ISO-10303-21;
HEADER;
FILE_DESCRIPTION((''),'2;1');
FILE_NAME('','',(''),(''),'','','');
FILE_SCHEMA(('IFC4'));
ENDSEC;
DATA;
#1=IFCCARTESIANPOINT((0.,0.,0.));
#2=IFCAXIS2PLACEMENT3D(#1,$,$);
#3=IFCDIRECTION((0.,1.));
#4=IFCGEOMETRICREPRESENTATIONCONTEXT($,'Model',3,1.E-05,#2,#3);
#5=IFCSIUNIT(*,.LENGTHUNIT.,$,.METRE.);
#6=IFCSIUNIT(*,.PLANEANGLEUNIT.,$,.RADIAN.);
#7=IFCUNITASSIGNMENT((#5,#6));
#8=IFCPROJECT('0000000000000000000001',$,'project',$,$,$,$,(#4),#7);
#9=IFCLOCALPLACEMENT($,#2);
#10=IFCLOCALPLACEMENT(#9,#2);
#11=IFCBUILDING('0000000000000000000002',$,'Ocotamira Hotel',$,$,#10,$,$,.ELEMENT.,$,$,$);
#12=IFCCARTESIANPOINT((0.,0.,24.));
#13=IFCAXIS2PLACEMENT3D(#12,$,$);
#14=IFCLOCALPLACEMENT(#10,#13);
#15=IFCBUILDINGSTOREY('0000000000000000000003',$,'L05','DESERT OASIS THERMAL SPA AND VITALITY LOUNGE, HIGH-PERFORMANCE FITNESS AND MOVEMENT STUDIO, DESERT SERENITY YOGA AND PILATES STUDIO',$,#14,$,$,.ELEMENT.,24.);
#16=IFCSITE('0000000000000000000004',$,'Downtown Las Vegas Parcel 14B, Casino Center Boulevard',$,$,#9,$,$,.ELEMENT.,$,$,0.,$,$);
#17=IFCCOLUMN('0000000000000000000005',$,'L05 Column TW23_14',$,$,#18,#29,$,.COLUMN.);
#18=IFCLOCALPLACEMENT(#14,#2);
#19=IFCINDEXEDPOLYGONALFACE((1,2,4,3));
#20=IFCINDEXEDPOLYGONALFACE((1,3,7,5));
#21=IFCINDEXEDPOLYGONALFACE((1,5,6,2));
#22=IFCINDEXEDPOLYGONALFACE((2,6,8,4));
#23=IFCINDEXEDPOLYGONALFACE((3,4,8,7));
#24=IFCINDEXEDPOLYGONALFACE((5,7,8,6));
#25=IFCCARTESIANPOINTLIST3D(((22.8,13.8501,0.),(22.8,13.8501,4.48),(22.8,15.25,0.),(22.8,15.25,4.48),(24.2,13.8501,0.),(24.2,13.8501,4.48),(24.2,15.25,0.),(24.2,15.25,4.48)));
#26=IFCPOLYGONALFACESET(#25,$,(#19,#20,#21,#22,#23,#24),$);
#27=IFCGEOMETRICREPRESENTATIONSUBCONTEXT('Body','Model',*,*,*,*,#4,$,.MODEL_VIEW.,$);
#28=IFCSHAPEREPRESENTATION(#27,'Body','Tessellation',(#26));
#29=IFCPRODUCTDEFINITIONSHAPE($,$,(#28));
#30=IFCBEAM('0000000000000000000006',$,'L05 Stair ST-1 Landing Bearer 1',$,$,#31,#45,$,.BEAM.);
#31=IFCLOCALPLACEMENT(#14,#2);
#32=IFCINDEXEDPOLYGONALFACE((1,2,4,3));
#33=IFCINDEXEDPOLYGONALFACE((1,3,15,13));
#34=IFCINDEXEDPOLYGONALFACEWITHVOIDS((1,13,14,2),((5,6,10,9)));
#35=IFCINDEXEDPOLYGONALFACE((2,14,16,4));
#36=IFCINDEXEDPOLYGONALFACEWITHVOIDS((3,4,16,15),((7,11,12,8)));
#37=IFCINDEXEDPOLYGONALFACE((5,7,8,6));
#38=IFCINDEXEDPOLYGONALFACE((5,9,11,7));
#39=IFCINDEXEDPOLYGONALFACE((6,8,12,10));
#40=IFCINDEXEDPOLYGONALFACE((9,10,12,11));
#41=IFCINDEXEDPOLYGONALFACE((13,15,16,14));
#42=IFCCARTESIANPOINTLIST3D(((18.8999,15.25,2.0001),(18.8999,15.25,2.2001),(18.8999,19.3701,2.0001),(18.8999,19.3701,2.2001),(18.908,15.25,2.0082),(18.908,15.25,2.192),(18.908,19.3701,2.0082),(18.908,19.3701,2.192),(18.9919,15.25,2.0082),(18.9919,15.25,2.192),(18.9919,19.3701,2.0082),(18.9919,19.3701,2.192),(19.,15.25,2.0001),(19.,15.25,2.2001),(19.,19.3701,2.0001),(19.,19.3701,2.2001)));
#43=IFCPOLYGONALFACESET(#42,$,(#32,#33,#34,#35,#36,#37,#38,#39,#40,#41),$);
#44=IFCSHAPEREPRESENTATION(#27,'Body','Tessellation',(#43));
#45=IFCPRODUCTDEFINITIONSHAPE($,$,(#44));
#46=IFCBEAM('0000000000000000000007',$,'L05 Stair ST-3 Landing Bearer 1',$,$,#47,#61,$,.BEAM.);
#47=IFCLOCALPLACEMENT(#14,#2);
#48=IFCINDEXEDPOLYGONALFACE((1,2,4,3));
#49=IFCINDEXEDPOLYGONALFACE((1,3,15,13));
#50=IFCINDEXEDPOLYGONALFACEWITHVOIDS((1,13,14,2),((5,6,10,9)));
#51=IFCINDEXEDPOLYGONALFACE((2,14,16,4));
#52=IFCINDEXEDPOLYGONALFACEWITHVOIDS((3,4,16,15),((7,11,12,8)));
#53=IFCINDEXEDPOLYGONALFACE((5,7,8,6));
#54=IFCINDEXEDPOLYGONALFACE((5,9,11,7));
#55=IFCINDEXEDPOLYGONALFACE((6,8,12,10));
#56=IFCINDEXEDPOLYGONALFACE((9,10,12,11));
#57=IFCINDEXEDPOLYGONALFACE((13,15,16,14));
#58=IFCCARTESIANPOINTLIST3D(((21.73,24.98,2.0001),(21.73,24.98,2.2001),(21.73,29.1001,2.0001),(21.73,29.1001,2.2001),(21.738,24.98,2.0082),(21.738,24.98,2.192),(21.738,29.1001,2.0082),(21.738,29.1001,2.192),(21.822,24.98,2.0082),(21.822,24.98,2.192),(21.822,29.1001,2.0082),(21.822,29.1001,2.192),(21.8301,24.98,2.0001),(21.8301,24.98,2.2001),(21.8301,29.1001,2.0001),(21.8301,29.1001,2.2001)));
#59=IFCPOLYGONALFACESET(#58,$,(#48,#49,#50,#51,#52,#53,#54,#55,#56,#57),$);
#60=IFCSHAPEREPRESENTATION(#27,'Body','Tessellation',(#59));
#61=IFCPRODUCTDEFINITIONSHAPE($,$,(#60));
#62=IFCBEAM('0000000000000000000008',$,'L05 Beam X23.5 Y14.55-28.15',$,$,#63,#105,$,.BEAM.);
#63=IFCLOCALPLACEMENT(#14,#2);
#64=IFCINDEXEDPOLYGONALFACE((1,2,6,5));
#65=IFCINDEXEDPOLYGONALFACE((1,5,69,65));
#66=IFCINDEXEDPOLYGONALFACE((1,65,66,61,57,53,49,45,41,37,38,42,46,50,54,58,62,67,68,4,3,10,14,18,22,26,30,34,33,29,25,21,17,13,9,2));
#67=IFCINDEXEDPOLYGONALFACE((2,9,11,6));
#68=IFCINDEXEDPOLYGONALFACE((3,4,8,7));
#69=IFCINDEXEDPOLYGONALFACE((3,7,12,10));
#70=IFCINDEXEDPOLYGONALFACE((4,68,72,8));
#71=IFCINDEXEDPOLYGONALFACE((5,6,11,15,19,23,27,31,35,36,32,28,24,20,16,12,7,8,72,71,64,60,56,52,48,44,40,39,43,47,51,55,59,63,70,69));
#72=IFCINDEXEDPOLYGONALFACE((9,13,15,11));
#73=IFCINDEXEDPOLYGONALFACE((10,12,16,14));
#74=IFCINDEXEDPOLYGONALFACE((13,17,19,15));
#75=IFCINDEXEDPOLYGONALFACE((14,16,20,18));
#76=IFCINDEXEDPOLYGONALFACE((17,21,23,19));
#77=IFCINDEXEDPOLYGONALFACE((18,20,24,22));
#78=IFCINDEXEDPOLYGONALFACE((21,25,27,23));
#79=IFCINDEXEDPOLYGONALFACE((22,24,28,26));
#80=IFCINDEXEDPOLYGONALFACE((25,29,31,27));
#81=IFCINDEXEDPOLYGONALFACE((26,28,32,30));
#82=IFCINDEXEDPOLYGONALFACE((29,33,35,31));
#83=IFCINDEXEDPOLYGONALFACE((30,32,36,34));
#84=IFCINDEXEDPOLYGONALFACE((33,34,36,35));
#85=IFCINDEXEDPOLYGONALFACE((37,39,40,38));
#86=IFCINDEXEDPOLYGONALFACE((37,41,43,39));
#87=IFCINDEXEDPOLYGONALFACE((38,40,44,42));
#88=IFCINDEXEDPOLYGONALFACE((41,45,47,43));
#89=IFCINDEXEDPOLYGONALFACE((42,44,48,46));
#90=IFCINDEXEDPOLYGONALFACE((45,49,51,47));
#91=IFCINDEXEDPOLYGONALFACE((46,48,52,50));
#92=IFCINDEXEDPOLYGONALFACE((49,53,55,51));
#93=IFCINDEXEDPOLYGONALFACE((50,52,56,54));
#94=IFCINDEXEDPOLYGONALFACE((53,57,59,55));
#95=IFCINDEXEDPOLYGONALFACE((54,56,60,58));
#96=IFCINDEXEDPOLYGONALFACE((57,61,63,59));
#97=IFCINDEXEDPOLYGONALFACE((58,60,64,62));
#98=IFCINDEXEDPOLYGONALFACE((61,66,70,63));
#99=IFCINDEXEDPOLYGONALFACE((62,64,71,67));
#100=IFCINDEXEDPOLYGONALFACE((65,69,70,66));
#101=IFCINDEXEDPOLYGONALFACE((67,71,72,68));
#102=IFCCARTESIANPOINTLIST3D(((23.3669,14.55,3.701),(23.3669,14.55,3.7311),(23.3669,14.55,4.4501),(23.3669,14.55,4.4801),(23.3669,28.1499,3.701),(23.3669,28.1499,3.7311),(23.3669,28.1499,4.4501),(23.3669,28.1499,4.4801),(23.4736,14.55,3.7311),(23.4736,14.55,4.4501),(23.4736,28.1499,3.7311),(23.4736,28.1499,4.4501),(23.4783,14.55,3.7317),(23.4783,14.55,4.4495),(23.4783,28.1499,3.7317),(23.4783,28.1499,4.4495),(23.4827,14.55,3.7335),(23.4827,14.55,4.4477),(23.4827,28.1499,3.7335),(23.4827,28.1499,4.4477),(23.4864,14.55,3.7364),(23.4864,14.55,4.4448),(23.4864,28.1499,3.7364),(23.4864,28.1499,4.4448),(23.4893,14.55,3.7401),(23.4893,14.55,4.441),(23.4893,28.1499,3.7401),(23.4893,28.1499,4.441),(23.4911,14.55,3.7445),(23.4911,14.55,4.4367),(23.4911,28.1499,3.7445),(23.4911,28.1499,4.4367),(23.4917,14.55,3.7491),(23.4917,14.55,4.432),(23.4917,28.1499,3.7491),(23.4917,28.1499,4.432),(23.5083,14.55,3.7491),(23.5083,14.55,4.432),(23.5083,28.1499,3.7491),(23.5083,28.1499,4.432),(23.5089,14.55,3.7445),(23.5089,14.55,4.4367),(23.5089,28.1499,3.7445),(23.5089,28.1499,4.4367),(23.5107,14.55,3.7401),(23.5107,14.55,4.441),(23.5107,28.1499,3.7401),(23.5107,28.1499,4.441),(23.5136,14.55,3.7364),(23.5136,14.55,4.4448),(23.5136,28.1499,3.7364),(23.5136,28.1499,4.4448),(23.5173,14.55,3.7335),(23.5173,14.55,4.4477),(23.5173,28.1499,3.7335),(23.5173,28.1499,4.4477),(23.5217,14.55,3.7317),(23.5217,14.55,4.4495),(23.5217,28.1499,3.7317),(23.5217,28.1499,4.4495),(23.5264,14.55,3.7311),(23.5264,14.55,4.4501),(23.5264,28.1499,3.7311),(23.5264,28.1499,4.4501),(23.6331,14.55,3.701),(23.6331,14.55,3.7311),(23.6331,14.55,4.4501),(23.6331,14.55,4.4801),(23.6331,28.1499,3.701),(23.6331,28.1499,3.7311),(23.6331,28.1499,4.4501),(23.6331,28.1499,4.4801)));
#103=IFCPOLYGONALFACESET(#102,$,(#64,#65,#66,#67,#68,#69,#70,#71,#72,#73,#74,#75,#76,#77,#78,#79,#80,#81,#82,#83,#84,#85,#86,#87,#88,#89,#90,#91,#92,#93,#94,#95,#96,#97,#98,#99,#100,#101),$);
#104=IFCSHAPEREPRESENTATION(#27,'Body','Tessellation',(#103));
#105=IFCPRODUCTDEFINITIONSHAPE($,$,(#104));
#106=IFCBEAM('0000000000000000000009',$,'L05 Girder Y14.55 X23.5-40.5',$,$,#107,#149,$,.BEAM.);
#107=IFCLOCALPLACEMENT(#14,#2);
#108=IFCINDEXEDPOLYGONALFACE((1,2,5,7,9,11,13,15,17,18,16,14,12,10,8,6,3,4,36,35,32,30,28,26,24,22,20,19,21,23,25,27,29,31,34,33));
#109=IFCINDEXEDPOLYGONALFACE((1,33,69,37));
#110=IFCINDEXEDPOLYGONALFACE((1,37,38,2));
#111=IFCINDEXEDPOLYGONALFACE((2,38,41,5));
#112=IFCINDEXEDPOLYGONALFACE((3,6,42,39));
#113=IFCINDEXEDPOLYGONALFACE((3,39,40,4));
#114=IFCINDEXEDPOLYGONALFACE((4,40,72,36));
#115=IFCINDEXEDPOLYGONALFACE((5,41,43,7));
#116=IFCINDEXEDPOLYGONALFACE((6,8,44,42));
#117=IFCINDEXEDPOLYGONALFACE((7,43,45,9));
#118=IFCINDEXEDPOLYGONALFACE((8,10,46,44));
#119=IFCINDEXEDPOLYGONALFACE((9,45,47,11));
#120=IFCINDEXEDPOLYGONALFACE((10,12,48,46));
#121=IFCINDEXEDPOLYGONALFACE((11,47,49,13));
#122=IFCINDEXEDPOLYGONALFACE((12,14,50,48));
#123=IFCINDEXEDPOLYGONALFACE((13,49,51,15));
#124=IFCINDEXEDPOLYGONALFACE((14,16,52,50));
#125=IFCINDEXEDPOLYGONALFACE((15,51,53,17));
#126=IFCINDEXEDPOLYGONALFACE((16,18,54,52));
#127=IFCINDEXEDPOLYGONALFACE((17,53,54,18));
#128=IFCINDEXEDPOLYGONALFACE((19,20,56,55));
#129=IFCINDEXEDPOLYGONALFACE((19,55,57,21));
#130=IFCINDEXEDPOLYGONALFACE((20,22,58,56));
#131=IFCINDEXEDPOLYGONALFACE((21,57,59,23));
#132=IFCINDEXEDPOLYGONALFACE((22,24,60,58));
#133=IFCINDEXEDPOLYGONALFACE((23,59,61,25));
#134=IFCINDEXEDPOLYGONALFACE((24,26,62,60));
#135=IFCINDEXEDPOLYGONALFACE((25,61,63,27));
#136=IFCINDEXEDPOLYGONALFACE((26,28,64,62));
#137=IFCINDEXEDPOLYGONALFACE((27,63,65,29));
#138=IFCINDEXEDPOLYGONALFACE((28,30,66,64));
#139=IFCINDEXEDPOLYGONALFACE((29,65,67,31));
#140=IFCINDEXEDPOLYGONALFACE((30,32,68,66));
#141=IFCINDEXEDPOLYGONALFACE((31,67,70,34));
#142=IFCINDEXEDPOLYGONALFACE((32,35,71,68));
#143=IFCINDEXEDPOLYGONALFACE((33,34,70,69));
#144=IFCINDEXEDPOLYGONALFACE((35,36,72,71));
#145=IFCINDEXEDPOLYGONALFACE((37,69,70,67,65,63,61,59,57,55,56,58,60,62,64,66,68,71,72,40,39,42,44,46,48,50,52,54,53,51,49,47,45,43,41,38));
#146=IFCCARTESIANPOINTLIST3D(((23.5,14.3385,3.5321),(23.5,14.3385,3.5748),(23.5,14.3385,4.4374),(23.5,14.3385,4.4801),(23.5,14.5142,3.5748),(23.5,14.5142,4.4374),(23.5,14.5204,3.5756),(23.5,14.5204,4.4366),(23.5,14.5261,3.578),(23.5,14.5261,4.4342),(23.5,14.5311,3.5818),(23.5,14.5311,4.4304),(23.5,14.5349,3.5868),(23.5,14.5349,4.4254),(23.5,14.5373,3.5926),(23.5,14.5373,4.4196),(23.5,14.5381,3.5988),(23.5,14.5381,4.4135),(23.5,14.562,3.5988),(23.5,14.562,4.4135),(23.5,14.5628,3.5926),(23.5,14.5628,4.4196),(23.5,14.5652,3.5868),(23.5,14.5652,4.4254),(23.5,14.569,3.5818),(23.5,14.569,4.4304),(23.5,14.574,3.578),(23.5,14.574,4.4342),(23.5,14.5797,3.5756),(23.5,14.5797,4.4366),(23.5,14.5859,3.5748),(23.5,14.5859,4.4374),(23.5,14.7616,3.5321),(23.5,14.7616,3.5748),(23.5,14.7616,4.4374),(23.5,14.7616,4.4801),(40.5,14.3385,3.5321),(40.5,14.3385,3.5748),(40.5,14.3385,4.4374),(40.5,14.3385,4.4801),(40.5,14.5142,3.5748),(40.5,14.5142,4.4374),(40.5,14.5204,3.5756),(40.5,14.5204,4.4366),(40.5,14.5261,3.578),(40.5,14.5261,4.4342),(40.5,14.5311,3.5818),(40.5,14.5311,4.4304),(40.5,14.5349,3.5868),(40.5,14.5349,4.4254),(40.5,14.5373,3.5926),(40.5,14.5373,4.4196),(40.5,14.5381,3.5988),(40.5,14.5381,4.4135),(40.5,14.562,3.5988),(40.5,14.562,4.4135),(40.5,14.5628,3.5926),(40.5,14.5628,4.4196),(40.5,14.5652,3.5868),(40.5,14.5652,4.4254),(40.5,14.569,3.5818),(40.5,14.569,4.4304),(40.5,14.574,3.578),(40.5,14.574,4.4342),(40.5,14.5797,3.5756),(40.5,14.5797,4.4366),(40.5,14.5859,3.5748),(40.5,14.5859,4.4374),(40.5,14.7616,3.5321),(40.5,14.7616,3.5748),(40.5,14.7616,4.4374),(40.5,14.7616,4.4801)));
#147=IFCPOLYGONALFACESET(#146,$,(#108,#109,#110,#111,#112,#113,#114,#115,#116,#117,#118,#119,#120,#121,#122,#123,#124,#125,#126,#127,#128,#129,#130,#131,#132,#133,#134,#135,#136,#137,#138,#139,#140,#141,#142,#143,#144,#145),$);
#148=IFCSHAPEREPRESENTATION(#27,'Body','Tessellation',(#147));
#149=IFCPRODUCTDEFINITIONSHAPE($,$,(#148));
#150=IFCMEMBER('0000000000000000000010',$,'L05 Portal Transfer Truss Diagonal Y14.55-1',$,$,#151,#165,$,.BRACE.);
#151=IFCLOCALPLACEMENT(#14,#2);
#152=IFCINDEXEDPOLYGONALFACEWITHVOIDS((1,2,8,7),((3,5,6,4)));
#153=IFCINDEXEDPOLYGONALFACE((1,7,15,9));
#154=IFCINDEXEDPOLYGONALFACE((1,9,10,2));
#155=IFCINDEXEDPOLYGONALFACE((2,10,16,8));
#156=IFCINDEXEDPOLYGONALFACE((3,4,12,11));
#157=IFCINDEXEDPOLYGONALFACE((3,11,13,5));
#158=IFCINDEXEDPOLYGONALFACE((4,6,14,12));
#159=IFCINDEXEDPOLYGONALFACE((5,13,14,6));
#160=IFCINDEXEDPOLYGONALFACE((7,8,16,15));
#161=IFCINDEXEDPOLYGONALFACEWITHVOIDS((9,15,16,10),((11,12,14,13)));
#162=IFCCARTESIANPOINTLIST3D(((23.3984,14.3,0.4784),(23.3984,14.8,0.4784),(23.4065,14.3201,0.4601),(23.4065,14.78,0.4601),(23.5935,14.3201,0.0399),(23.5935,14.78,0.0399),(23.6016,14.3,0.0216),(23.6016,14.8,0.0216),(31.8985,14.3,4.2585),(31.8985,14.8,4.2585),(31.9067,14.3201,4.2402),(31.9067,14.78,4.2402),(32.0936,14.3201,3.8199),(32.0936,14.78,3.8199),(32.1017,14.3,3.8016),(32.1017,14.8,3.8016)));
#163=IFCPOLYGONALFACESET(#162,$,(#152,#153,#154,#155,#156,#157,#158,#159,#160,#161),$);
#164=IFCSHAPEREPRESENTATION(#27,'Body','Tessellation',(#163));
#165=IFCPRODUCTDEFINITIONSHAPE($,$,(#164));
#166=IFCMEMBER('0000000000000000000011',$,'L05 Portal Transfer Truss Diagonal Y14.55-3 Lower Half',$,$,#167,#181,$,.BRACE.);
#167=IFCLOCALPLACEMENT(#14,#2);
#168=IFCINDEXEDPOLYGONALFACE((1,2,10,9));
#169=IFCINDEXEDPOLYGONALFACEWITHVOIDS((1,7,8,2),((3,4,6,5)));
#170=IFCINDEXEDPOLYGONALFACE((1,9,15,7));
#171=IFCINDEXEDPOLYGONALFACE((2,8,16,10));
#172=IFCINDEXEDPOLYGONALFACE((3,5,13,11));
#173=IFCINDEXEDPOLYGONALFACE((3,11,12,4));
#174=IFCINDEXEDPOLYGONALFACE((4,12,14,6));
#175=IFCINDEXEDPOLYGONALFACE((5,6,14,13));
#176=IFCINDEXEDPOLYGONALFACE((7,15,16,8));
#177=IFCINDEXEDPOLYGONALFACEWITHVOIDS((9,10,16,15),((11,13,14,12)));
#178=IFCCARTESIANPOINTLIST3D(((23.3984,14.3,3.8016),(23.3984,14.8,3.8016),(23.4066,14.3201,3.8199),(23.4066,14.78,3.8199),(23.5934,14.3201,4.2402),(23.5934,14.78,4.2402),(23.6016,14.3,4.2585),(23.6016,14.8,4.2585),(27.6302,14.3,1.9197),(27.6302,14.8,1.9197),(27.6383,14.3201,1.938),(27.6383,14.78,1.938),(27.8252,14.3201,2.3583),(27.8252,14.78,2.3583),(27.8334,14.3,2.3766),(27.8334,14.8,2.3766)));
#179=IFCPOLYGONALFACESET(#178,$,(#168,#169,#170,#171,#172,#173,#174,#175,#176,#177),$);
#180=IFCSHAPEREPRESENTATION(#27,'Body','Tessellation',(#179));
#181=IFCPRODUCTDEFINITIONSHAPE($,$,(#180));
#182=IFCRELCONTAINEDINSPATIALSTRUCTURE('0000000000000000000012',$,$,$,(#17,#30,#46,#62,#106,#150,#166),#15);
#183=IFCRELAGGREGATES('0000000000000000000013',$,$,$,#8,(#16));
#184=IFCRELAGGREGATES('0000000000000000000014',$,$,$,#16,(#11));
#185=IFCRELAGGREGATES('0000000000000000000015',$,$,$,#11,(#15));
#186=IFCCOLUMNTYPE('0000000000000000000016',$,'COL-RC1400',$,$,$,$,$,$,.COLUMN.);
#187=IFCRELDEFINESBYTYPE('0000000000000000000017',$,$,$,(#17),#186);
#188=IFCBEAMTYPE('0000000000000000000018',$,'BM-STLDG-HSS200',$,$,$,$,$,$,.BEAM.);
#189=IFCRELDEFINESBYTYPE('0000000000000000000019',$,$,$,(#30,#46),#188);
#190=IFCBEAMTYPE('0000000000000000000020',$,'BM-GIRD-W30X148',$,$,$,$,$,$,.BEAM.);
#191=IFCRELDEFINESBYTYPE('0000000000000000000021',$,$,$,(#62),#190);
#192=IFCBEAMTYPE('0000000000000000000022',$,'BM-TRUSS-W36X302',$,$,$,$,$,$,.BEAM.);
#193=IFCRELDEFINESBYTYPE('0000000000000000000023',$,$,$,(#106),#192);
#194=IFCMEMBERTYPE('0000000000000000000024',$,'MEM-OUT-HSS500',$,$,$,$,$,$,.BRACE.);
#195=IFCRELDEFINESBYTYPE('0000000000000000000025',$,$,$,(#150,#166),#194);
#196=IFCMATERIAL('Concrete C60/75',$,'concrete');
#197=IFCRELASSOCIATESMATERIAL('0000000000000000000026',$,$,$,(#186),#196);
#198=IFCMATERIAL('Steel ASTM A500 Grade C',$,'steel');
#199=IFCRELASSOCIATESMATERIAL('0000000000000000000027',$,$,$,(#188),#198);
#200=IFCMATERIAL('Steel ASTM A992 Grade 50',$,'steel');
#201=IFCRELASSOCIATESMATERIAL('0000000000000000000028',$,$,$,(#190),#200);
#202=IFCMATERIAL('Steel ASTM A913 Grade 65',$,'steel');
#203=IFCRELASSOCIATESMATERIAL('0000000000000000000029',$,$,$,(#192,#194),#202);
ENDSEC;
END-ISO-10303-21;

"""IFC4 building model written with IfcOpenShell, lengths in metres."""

from ifc_helpers import new_model, si_unit, direction, frame, origin, origin_2d, place, context, subcontext, project, spatial, rectangle, hollow_rectangle, i_section, extrude, source, transform, mapped, material, material_profile, profile_set, type_object, element, save


model = new_model("IFC4")

# Units and contexts
model_context = context("Model", 3, precision=1e-05, world=origin(), true_north=direction((0.0, 1.0)))
body_context = subcontext(model_context, "Body", "Model", "MODEL_VIEW")
ifc_project = project(units=[si_unit("LENGTHUNIT", "METRE"), si_unit("PLANEANGLEUNIT", "RADIAN")], contexts=[model_context])

# Site, building, storey
site_placement = place(None, origin())
site = spatial("IfcSite", under=ifc_project, at=site_placement, Name="Downtown Las Vegas Parcel 14B, Casino Center Boulevard", CompositionType="ELEMENT", RefElevation=0.0)
building_placement = place(site_placement, origin())
building = spatial("IfcBuilding", under=site, at=building_placement, Name="Ocotamira Hotel", CompositionType="ELEMENT")
storey_placement = place(building_placement, frame((0.0, 0.0, 24.0)))
storey = spatial("IfcBuildingStorey", under=building, at=storey_placement, Name="L05", Description="DESERT OASIS THERMAL SPA AND VITALITY LOUNGE, HIGH-PERFORMANCE FITNESS AND MOVEMENT STUDIO, DESERT SERENITY YOGA AND PILATES STUDIO", CompositionType="ELEMENT", Elevation=24.0)

# Column
ifc_material_1 = material(Name="Concrete C60/75", Category="concrete")
ifc_material_profile_1 = material_profile(ifc_material_1, rectangle(XDim=1.3999, YDim=1.3999, at=origin_2d()), Name="RC1400X1400")
ifc_profile_set_1 = profile_set([ifc_material_profile_1], Name="Concrete C60/75")
column_type = type_object("IfcColumnType", Name="COL-RC1400", PredefinedType="COLUMN", material=ifc_profile_set_1)
shared_shape_1 = source(origin(), body_context, "Body", "SweptSolid", [
    extrude(rectangle(XDim=1.3999, YDim=1.3999, at=origin_2d()), origin(), (0.0, 0.0, 1.0), 4.48),
])
column_placement = place(storey_placement, frame((23.5, 14.55, 0.0), z_axis=(0.0, 0.0, 1.0), x_axis=(1.0, 0.0, 0.0)))
element("IfcColumn", 1, at=column_placement, inside=storey, type_object=column_type, Name="L05 Column TW23_14", PredefinedType="COLUMN", context=body_context, shape_type="MappedRepresentation", body=[
    mapped(shared_shape_1, transform((0.0, 0.0, 0.0), scale=1.0)),
])

# Beams
ifc_material_2 = material(Name="Steel ASTM A500 Grade C", Category="steel")
ifc_material_profile_2 = material_profile(ifc_material_2, hollow_rectangle(XDim=0.1001, YDim=0.2, WallThickness=0.0081, at=origin_2d()), Name="HSS200X100X8")
ifc_profile_set_2 = profile_set([ifc_material_profile_2], Name="Steel ASTM A500 Grade C")
beam_type_1 = type_object("IfcBeamType", Name="BM-STLDG-HSS200", PredefinedType="BEAM", material=ifc_profile_set_2)
shared_shape_2 = source(origin(), body_context, "Body", "SweptSolid", [
    extrude(hollow_rectangle(XDim=0.1001, YDim=0.2, WallThickness=0.0081, at=origin_2d()), origin(), (0.0, 0.0, 1.0), 4.1201),
])
for number, where, z_axis, x_axis, name in (
    (2, (18.95, 15.25, 2.1001), (0.0, 1.0, 0.0), (-1.0, 0.0, 0.0), "L05 Stair ST-1 Landing Bearer 1"),
    (3, (21.78, 24.98, 2.1001), (0.0, 1.0, 0.0), (-1.0, 0.0, 0.0), "L05 Stair ST-3 Landing Bearer 1"),
):
    element("IfcBeam", number, at=place(storey_placement, frame(where, z_axis=z_axis, x_axis=x_axis)), inside=storey, type_object=beam_type_1, Name=name, PredefinedType="BEAM", context=body_context, shape_type="MappedRepresentation", body=[
        mapped(shared_shape_2, transform((0.0, 0.0, 0.0), scale=1.0)),
    ])
ifc_material_3 = material(Name="Steel ASTM A992 Grade 50", Category="steel")
ifc_material_profile_3 = material_profile(ifc_material_3, i_section(OverallWidth=0.2661, OverallDepth=0.7791, WebThickness=0.0166, FlangeThickness=0.03, FilletRadius=0.0181, at=origin_2d()), Name="W30X148")
ifc_profile_set_3 = profile_set([ifc_material_profile_3], Name="Steel ASTM A992 Grade 50")
beam_type_2 = type_object("IfcBeamType", Name="BM-GIRD-W30X148", PredefinedType="BEAM", material=ifc_profile_set_3)
shared_shape_3 = source(origin(), body_context, "Body", "SweptSolid", [
    extrude(i_section(OverallWidth=0.2661, OverallDepth=0.7791, WebThickness=0.0166, FlangeThickness=0.03, FilletRadius=0.0181, at=origin_2d()), origin(), (0.0, 0.0, 1.0), 13.5999),
])
beam_1_placement = place(storey_placement, frame((23.5, 14.55, 4.0906), z_axis=(0.0, 1.0, 0.0), x_axis=(-1.0, 0.0, 0.0)))
element("IfcBeam", 4, at=beam_1_placement, inside=storey, type_object=beam_type_2, Name="L05 Beam X23.5 Y14.55-28.15", PredefinedType="BEAM", context=body_context, shape_type="MappedRepresentation", body=[
    mapped(shared_shape_3, transform((0.0, 0.0, 0.0), scale=1.0)),
])
ifc_material_4 = material(Name="Steel ASTM A913 Grade 65", Category="steel")
ifc_material_profile_4 = material_profile(ifc_material_4, i_section(OverallWidth=0.4231, OverallDepth=0.948, WebThickness=0.0239, FlangeThickness=0.0427, FilletRadius=0.0239, at=origin_2d()), Name="W36X302")
ifc_profile_set_4 = profile_set([ifc_material_profile_4], Name="Steel ASTM A913 Grade 65")
beam_type_3 = type_object("IfcBeamType", Name="BM-TRUSS-W36X302", PredefinedType="BEAM", material=ifc_profile_set_4)
shared_shape_4 = source(origin(), body_context, "Body", "SweptSolid", [
    extrude(i_section(OverallWidth=0.4231, OverallDepth=0.948, WebThickness=0.0239, FlangeThickness=0.0427, FilletRadius=0.0239, at=origin_2d()), origin(), (0.0, 0.0, 1.0), 17.0),
])
beam_2_placement = place(storey_placement, frame((23.5, 14.55, 4.0061), z_axis=(1.0, 0.0, 0.0), x_axis=(0.0, 1.0, 0.0)))
element("IfcBeam", 5, at=beam_2_placement, inside=storey, type_object=beam_type_3, Name="L05 Girder Y14.55 X23.5-40.5", PredefinedType="BEAM", context=body_context, shape_type="MappedRepresentation", body=[
    mapped(shared_shape_4, transform((0.0, 0.0, 0.0), scale=1.0)),
])

# Members
ifc_material_profile_5 = material_profile(ifc_material_4, hollow_rectangle(XDim=0.5, YDim=0.5, WallThickness=0.02, at=origin_2d()), Name="HSS500X500X20")
ifc_profile_set_5 = profile_set([ifc_material_profile_5], Name="Steel ASTM A913 Grade 65")
member_type = type_object("IfcMemberType", Name="MEM-OUT-HSS500", PredefinedType="BRACE", material=ifc_profile_set_5)
shared_shape_5 = source(origin(), body_context, "Body", "SweptSolid", [
    extrude(hollow_rectangle(XDim=0.5, YDim=0.5, WallThickness=0.02, at=origin_2d()), origin(), (0.0, 0.0, 1.0), 9.3027),
])
member_1_placement = place(storey_placement, frame((23.5, 14.55, 0.25), z_axis=(0.913722, 0.0, 0.406341), x_axis=(0.0, 1.0, 0.0)))
element("IfcMember", 6, at=member_1_placement, inside=storey, type_object=member_type, Name="L05 Portal Transfer Truss Diagonal Y14.55-1", PredefinedType="BRACE", context=body_context, shape_type="MappedRepresentation", body=[
    mapped(shared_shape_5, transform((0.0, 0.0, 0.0), scale=1.0)),
])
shared_shape_6 = source(origin(), body_context, "Body", "SweptSolid", [
    extrude(hollow_rectangle(XDim=0.5, YDim=0.5, WallThickness=0.02, at=origin_2d()), origin(), (0.0, 0.0, 1.0), 4.6313),
])
member_2_placement = place(storey_placement, frame((23.5, 14.55, 4.03), z_axis=(0.913725, 0.0, -0.406334), x_axis=(0.0, 1.0, 0.0)))
element("IfcMember", 7, at=member_2_placement, inside=storey, type_object=member_type, Name="L05 Portal Transfer Truss Diagonal Y14.55-3 Lower Half", PredefinedType="BRACE", context=body_context, shape_type="MappedRepresentation", body=[
    mapped(shared_shape_6, transform((0.0, 0.0, 0.0), scale=1.0)),
])

save(model, "model.ifc")
